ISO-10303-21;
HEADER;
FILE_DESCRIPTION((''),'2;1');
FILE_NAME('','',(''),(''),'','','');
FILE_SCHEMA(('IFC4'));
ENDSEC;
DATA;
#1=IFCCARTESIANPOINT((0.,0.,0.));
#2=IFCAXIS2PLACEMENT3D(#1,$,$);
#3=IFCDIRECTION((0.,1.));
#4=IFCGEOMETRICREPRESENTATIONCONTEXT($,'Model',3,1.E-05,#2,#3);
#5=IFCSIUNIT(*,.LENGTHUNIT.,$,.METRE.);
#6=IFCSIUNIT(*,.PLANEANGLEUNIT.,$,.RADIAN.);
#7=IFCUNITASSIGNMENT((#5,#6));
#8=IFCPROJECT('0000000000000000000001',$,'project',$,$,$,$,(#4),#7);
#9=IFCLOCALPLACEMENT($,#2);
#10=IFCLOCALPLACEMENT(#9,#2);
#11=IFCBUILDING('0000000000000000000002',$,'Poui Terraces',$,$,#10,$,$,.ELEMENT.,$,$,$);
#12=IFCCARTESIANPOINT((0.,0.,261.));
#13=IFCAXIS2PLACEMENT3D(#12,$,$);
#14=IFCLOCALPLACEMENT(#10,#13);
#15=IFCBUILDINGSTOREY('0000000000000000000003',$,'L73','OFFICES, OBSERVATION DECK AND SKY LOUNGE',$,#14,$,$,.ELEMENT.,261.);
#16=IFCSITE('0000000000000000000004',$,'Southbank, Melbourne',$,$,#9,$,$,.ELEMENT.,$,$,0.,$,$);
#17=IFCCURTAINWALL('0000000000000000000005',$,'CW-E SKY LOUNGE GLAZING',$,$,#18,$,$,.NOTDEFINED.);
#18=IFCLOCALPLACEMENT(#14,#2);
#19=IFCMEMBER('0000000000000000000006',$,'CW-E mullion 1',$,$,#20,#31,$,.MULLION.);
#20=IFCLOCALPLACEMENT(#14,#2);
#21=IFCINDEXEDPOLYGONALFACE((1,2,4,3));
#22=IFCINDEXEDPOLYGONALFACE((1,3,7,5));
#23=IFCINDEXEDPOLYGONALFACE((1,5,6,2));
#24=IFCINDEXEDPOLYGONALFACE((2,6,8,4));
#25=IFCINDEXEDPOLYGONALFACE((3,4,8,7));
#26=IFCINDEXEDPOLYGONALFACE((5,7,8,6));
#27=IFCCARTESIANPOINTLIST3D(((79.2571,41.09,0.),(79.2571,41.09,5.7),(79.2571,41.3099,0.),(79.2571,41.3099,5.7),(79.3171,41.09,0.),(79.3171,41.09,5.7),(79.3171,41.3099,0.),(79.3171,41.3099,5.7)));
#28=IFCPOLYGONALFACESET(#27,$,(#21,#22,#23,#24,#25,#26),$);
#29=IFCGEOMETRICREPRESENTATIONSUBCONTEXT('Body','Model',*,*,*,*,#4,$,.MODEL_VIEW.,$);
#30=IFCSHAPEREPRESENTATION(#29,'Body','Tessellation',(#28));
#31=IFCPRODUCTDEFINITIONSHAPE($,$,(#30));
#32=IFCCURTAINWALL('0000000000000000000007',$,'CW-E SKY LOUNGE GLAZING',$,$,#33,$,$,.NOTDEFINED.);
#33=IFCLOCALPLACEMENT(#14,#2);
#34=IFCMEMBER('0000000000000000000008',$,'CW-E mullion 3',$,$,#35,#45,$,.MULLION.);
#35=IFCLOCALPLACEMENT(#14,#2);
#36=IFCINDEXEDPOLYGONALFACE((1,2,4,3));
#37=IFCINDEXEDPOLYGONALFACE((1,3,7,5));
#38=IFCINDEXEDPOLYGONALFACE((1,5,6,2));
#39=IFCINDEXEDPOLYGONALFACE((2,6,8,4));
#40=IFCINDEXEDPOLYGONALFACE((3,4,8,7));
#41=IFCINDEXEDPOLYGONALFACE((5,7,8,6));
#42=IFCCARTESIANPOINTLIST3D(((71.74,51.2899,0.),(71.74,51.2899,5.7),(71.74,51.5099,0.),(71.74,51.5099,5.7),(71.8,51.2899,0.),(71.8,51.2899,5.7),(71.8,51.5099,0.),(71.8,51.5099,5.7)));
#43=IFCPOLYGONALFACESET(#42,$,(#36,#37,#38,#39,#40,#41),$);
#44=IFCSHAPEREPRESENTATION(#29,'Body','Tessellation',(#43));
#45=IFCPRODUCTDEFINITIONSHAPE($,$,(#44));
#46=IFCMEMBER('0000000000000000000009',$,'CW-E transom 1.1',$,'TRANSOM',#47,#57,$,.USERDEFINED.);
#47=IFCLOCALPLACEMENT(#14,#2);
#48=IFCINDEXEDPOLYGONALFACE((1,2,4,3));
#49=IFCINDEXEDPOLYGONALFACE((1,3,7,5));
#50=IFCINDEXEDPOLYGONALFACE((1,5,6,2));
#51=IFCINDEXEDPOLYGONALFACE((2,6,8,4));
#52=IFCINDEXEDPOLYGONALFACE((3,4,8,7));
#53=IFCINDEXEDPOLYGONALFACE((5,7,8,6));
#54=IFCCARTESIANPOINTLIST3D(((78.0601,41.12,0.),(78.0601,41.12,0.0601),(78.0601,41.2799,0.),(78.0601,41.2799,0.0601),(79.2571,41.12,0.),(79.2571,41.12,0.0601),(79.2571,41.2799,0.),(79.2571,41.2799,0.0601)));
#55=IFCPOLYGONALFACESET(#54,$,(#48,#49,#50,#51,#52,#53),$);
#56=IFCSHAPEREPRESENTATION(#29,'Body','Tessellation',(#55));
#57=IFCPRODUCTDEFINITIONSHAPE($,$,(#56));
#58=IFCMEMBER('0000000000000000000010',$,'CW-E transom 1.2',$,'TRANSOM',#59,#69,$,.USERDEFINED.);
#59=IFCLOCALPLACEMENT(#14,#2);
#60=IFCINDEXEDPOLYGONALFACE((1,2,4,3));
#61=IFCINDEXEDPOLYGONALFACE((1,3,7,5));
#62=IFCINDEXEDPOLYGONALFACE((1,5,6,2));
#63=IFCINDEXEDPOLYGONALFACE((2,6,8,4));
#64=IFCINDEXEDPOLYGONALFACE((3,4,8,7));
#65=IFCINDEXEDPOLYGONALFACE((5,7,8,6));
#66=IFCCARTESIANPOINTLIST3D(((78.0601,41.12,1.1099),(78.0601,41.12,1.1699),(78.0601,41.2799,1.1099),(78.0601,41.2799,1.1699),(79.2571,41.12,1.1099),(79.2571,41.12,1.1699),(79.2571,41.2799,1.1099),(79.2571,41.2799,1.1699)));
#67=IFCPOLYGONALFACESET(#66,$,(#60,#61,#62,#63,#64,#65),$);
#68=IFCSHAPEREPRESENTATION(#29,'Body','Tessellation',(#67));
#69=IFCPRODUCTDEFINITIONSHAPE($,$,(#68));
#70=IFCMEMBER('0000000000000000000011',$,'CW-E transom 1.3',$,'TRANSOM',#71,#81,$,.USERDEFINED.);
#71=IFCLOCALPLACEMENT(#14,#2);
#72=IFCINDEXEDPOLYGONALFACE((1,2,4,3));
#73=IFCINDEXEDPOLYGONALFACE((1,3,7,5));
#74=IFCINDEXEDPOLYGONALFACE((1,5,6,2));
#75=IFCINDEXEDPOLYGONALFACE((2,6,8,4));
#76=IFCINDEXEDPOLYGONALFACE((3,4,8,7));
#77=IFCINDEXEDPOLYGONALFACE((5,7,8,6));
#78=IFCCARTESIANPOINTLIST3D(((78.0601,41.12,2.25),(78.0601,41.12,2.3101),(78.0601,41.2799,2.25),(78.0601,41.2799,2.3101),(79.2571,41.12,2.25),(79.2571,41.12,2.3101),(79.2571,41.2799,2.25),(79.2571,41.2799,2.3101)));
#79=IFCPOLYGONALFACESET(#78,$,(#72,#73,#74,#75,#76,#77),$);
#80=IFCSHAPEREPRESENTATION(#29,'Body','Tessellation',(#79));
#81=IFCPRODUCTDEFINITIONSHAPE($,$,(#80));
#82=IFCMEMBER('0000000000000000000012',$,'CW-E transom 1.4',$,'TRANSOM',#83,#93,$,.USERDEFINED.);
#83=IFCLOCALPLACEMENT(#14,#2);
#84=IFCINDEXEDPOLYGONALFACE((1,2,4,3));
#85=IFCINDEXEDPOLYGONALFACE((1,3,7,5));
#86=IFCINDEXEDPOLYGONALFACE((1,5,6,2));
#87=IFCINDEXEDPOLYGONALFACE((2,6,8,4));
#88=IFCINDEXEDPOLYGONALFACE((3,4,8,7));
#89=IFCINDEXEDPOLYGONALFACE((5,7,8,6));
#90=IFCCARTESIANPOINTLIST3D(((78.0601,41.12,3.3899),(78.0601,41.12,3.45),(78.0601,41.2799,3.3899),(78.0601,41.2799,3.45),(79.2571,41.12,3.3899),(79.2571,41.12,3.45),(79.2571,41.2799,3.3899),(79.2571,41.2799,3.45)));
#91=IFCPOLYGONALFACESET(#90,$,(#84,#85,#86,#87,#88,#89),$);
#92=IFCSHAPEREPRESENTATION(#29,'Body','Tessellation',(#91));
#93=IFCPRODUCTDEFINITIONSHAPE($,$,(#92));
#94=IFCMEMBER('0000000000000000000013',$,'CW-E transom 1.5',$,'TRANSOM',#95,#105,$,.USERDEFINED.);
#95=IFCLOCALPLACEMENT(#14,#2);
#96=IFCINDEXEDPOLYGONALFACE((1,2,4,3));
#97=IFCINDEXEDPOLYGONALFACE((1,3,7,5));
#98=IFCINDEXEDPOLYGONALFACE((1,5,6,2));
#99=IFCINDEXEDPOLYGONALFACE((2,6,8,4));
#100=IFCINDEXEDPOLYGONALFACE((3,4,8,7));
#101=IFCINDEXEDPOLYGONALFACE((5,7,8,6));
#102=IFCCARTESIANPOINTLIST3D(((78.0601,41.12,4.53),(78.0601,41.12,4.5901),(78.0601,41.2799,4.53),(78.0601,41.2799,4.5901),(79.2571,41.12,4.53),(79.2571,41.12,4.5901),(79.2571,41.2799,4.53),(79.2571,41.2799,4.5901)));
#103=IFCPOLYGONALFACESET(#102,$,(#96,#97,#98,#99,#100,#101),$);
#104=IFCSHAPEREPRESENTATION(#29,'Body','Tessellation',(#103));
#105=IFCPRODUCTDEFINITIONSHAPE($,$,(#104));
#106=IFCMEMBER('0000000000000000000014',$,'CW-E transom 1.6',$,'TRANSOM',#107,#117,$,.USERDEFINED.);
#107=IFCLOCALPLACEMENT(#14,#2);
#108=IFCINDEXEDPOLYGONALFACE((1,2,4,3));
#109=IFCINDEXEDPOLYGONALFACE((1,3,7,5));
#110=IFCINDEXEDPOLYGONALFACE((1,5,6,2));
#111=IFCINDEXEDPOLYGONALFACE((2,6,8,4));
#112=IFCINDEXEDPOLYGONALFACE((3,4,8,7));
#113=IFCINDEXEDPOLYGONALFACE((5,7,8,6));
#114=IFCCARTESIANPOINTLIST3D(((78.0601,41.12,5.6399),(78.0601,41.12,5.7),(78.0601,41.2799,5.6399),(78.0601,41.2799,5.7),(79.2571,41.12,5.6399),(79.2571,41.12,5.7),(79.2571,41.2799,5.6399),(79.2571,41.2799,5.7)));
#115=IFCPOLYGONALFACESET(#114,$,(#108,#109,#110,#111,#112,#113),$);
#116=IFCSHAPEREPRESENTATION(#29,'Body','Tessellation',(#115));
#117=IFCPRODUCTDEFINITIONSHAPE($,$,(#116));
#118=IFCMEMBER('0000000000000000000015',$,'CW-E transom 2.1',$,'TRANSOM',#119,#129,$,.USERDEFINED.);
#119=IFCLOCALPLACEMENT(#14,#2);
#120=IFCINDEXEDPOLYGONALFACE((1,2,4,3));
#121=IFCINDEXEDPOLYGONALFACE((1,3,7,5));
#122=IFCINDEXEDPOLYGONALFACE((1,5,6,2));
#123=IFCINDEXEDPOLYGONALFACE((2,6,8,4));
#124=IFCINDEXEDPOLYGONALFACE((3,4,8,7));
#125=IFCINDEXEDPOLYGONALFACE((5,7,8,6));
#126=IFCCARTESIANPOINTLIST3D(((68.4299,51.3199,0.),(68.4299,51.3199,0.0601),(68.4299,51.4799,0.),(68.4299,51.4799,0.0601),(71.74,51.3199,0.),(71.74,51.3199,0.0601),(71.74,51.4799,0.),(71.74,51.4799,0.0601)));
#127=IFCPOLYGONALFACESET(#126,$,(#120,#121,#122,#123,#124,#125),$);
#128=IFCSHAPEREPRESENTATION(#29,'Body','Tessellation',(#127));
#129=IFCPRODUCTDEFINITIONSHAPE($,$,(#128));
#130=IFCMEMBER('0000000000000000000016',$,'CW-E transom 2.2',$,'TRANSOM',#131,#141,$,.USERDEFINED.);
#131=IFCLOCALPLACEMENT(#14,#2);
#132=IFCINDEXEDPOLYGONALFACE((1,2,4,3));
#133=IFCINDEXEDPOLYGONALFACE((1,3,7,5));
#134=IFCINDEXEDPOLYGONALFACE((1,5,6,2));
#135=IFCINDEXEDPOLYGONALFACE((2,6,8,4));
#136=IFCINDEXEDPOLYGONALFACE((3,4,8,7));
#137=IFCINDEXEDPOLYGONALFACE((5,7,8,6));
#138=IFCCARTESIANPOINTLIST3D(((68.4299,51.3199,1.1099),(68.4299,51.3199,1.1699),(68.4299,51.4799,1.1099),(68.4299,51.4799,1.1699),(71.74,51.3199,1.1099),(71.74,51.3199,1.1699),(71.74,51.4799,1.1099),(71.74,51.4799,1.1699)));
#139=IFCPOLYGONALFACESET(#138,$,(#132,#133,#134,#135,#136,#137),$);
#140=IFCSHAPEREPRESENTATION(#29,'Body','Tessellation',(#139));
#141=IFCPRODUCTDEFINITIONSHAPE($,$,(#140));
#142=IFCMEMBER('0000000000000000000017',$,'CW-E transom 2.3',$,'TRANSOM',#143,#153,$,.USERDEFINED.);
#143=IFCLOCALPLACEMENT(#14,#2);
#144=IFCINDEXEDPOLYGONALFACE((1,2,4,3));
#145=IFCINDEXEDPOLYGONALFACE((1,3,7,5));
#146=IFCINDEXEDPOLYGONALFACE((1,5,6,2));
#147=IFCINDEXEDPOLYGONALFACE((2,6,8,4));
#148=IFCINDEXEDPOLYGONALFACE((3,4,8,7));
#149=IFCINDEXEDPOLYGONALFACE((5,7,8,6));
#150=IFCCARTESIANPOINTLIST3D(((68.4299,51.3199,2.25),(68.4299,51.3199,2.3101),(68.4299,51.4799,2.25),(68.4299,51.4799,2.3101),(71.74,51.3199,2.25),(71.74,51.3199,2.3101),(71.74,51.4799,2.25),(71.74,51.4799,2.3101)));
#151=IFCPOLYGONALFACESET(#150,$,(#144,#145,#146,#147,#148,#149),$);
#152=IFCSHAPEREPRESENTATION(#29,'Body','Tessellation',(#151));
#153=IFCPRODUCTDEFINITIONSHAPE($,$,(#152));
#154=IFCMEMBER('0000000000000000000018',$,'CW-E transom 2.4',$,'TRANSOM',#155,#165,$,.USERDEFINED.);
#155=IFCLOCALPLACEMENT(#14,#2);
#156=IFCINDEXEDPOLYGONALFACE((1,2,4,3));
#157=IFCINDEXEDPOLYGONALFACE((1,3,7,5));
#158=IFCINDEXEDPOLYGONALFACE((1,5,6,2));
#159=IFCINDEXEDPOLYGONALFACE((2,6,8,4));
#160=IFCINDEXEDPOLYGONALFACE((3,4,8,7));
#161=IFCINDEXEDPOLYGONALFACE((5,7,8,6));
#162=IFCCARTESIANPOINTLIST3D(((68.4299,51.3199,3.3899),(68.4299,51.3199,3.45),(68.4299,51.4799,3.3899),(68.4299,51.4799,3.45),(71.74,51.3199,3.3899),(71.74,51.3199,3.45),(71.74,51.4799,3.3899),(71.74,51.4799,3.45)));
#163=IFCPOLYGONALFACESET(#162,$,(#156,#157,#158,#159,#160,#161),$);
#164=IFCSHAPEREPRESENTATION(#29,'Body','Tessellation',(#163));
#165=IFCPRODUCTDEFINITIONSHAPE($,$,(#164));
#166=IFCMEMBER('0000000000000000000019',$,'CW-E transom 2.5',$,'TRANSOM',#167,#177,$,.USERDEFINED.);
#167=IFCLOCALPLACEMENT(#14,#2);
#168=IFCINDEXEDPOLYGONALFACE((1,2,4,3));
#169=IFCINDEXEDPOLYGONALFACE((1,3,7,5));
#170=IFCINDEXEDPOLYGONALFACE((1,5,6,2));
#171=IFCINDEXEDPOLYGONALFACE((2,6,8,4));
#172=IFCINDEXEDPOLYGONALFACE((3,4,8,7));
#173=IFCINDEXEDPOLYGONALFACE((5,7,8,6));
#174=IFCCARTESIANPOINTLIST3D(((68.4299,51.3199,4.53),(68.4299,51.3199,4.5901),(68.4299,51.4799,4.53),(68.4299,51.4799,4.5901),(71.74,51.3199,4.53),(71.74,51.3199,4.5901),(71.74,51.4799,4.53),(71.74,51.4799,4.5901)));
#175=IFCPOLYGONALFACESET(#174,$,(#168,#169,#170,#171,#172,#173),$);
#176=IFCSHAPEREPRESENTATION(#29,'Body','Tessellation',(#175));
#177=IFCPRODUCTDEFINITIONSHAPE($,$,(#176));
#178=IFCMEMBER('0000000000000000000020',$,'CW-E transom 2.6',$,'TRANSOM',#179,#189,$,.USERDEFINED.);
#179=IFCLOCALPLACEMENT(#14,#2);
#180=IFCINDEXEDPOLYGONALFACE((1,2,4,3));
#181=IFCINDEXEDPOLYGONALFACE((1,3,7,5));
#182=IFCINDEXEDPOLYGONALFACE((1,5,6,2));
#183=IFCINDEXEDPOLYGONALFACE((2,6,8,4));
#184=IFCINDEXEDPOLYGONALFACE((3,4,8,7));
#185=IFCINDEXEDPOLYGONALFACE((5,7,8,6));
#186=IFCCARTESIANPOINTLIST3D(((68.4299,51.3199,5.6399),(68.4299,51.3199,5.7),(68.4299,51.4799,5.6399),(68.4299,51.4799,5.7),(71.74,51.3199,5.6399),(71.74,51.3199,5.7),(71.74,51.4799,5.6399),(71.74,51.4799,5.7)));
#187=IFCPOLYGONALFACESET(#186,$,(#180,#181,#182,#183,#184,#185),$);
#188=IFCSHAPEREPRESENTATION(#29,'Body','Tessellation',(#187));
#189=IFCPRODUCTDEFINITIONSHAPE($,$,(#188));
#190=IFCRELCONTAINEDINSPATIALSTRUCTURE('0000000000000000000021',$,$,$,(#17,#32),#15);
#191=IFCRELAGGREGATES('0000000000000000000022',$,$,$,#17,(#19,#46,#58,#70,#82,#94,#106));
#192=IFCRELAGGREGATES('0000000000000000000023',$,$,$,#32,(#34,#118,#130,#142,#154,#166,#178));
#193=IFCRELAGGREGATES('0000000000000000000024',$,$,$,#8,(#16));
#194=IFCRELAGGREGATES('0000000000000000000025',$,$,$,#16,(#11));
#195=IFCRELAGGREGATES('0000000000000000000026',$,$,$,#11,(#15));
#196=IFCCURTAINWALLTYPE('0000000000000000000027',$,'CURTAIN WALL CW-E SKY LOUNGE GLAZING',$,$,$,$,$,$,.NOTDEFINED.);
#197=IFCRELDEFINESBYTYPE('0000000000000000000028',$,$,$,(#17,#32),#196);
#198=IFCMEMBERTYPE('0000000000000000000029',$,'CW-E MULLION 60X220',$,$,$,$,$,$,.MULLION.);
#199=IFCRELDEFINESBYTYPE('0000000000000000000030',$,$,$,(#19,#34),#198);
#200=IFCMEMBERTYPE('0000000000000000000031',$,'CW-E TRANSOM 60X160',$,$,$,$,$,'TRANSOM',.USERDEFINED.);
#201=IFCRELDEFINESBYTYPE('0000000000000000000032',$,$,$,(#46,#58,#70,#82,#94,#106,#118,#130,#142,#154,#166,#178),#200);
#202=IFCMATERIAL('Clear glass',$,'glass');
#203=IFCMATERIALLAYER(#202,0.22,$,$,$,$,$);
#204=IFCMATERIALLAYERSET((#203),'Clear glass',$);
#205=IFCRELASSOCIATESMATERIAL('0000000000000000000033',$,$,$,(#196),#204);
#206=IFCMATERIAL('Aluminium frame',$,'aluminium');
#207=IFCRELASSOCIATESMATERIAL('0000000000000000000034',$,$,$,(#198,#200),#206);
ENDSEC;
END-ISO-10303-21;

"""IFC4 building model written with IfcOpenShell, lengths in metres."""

from ifc_helpers import new_model, si_unit, direction, frame, origin, origin_2d, place, context, subcontext, project, spatial, rectangle, extrude, material, layer, layer_set, material_profile, profile_set, type_object, element, aggregate, save


model = new_model("IFC4")

# Units and contexts
model_context = context("Model", 3, precision=1e-05, world=origin(), true_north=direction((0.0, 1.0)))
body_context = subcontext(model_context, "Body", "Model", "MODEL_VIEW")
ifc_project = project(units=[si_unit("LENGTHUNIT", "METRE"), si_unit("PLANEANGLEUNIT", "RADIAN")], contexts=[model_context])

# Site, building, storey
site_placement = place(None, origin())
site = spatial("IfcSite", under=ifc_project, at=site_placement, Name="Southbank, Melbourne", CompositionType="ELEMENT", RefElevation=0.0)
building_placement = place(site_placement, origin())
building = spatial("IfcBuilding", under=site, at=building_placement, Name="Poui Terraces", CompositionType="ELEMENT")
storey_placement = place(building_placement, frame((0.0, 0.0, 261.0)))
storey = spatial("IfcBuildingStorey", under=building, at=storey_placement, Name="L73", Description="OFFICES, OBSERVATION DECK AND SKY LOUNGE", CompositionType="ELEMENT", Elevation=261.0)

# Curtain walls, members
ifc_material_1 = material(Name="Clear glass", Category="glass")
ifc_layer_1 = layer(ifc_material_1, 0.22)
ifc_layer_set_1 = layer_set([ifc_layer_1], Name="Clear glass")
curtain_wall_type = type_object("IfcCurtainWallType", Name="CURTAIN WALL CW-E SKY LOUNGE GLAZING", PredefinedType="NOTDEFINED", material=ifc_layer_set_1)
curtain_wall_1_placement = place(storey_placement, origin())
curtain_wall_1 = element("IfcCurtainWall", 1, at=curtain_wall_1_placement, inside=storey, type_object=curtain_wall_type, Name="CW-E SKY LOUNGE GLAZING", PredefinedType="NOTDEFINED")
ifc_material_2 = material(Name="Aluminium frame", Category="aluminium")
ifc_material_profile_1 = material_profile(ifc_material_2, rectangle(XDim=0.22, YDim=0.0601, at=origin_2d()), Name="CW-E MULLION 60X220")
ifc_profile_set_1 = profile_set([ifc_material_profile_1], Name="Aluminium frame")
member_type_1 = type_object("IfcMemberType", Name="CW-E MULLION 60X220", PredefinedType="MULLION", material=ifc_profile_set_1)
member_1_placement = place(storey_placement, frame((79.2871, 41.2, 0.0), z_axis=(0.0, 0.0, 1.0), x_axis=(0.0, -1.0, 0.0)))
member_1 = element("IfcMember", 2, at=member_1_placement, type_object=member_type_1, Name="CW-E mullion 1", PredefinedType="MULLION", context=body_context, shape_type="SweptSolid", body=[
    extrude(rectangle(XDim=0.22, YDim=0.0601, at=origin_2d()), origin(), (0.0, 0.0, 1.0), 5.7),
])
curtain_wall_2_placement = place(storey_placement, origin())
curtain_wall_2 = element("IfcCurtainWall", 3, at=curtain_wall_2_placement, inside=storey, type_object=curtain_wall_type, Name="CW-E SKY LOUNGE GLAZING", PredefinedType="NOTDEFINED")
member_2_placement = place(storey_placement, frame((71.77, 51.3999, 0.0), z_axis=(0.0, 0.0, 1.0), x_axis=(0.0, 1.0, 0.0)))
member_2 = element("IfcMember", 4, at=member_2_placement, type_object=member_type_1, Name="CW-E mullion 3", PredefinedType="MULLION", context=body_context, shape_type="SweptSolid", body=[
    extrude(rectangle(XDim=0.22, YDim=0.0601, at=origin_2d()), origin(), (0.0, 0.0, 1.0), 5.7),
])

# Members
ifc_material_profile_2 = material_profile(ifc_material_2, rectangle(XDim=0.1599, YDim=0.0601, at=origin_2d()), Name="CW-E TRANSOM 60X160")
ifc_profile_set_2 = profile_set([ifc_material_profile_2], Name="Aluminium frame")
member_type_2 = type_object("IfcMemberType", Name="CW-E TRANSOM 60X160", ElementType="TRANSOM", PredefinedType="USERDEFINED", material=ifc_profile_set_2)
member_3_placement = place(storey_placement, frame((79.2571, 41.2, 0.03), z_axis=(-1.0, 0.0, 0.0), x_axis=(0.0, -1.0, 0.0)))
member_3 = element("IfcMember", 5, at=member_3_placement, type_object=member_type_2, Name="CW-E transom 1.1", ObjectType="TRANSOM", PredefinedType="USERDEFINED", context=body_context, shape_type="SweptSolid", body=[
    extrude(rectangle(XDim=0.1599, YDim=0.0601, at=origin_2d()), origin(), (0.0, 0.0, 1.0), 1.197),
])
member_4_placement = place(storey_placement, frame((79.2571, 41.2, 1.1399), z_axis=(-1.0, 0.0, 0.0), x_axis=(0.0, -1.0, 0.0)))
member_4 = element("IfcMember", 6, at=member_4_placement, type_object=member_type_2, Name="CW-E transom 1.2", ObjectType="TRANSOM", PredefinedType="USERDEFINED", context=body_context, shape_type="SweptSolid", body=[
    extrude(rectangle(XDim=0.1599, YDim=0.0601, at=origin_2d()), origin(), (0.0, 0.0, 1.0), 1.197),
])
member_5_placement = place(storey_placement, frame((79.2571, 41.2, 2.28), z_axis=(-1.0, 0.0, 0.0), x_axis=(0.0, -1.0, 0.0)))
member_5 = element("IfcMember", 7, at=member_5_placement, type_object=member_type_2, Name="CW-E transom 1.3", ObjectType="TRANSOM", PredefinedType="USERDEFINED", context=body_context, shape_type="SweptSolid", body=[
    extrude(rectangle(XDim=0.1599, YDim=0.0601, at=origin_2d()), origin(), (0.0, 0.0, 1.0), 1.197),
])
member_6_placement = place(storey_placement, frame((79.2571, 41.2, 3.4199), z_axis=(-1.0, 0.0, 0.0), x_axis=(0.0, -1.0, 0.0)))
member_6 = element("IfcMember", 8, at=member_6_placement, type_object=member_type_2, Name="CW-E transom 1.4", ObjectType="TRANSOM", PredefinedType="USERDEFINED", context=body_context, shape_type="SweptSolid", body=[
    extrude(rectangle(XDim=0.1599, YDim=0.0601, at=origin_2d()), origin(), (0.0, 0.0, 1.0), 1.197),
])
member_7_placement = place(storey_placement, frame((79.2571, 41.2, 4.5601), z_axis=(-1.0, 0.0, 0.0), x_axis=(0.0, -1.0, 0.0)))
member_7 = element("IfcMember", 9, at=member_7_placement, type_object=member_type_2, Name="CW-E transom 1.5", ObjectType="TRANSOM", PredefinedType="USERDEFINED", context=body_context, shape_type="SweptSolid", body=[
    extrude(rectangle(XDim=0.1599, YDim=0.0601, at=origin_2d()), origin(), (0.0, 0.0, 1.0), 1.197),
])
member_8_placement = place(storey_placement, frame((79.2571, 41.2, 5.6699), z_axis=(-1.0, 0.0, 0.0), x_axis=(0.0, -1.0, 0.0)))
member_8 = element("IfcMember", 10, at=member_8_placement, type_object=member_type_2, Name="CW-E transom 1.6", ObjectType="TRANSOM", PredefinedType="USERDEFINED", context=body_context, shape_type="SweptSolid", body=[
    extrude(rectangle(XDim=0.1599, YDim=0.0601, at=origin_2d()), origin(), (0.0, 0.0, 1.0), 1.197),
])
member_9_placement = place(storey_placement, frame((68.4299, 51.3999, 0.03), z_axis=(1.0, 0.0, 0.0), x_axis=(0.0, 1.0, 0.0)))
member_9 = element("IfcMember", 11, at=member_9_placement, type_object=member_type_2, Name="CW-E transom 2.1", ObjectType="TRANSOM", PredefinedType="USERDEFINED", context=body_context, shape_type="SweptSolid", body=[
    extrude(rectangle(XDim=0.1599, YDim=0.0601, at=origin_2d()), origin(), (0.0, 0.0, 1.0), 3.3101),
])
member_10_placement = place(storey_placement, frame((68.4299, 51.3999, 1.1399), z_axis=(1.0, 0.0, 0.0), x_axis=(0.0, 1.0, 0.0)))
member_10 = element("IfcMember", 12, at=member_10_placement, type_object=member_type_2, Name="CW-E transom 2.2", ObjectType="TRANSOM", PredefinedType="USERDEFINED", context=body_context, shape_type="SweptSolid", body=[
    extrude(rectangle(XDim=0.1599, YDim=0.0601, at=origin_2d()), origin(), (0.0, 0.0, 1.0), 3.3101),
])
member_11_placement = place(storey_placement, frame((68.4299, 51.3999, 2.28), z_axis=(1.0, 0.0, 0.0), x_axis=(0.0, 1.0, 0.0)))
member_11 = element("IfcMember", 13, at=member_11_placement, type_object=member_type_2, Name="CW-E transom 2.3", ObjectType="TRANSOM", PredefinedType="USERDEFINED", context=body_context, shape_type="SweptSolid", body=[
    extrude(rectangle(XDim=0.1599, YDim=0.0601, at=origin_2d()), origin(), (0.0, 0.0, 1.0), 3.3101),
])
member_12_placement = place(storey_placement, frame((68.4299, 51.3999, 3.4199), z_axis=(1.0, 0.0, 0.0), x_axis=(0.0, 1.0, 0.0)))
member_12 = element("IfcMember", 14, at=member_12_placement, type_object=member_type_2, Name="CW-E transom 2.4", ObjectType="TRANSOM", PredefinedType="USERDEFINED", context=body_context, shape_type="SweptSolid", body=[
    extrude(rectangle(XDim=0.1599, YDim=0.0601, at=origin_2d()), origin(), (0.0, 0.0, 1.0), 3.3101),
])
member_13_placement = place(storey_placement, frame((68.4299, 51.3999, 4.5601), z_axis=(1.0, 0.0, 0.0), x_axis=(0.0, 1.0, 0.0)))
member_13 = element("IfcMember", 15, at=member_13_placement, type_object=member_type_2, Name="CW-E transom 2.5", ObjectType="TRANSOM", PredefinedType="USERDEFINED", context=body_context, shape_type="SweptSolid", body=[
    extrude(rectangle(XDim=0.1599, YDim=0.0601, at=origin_2d()), origin(), (0.0, 0.0, 1.0), 3.3101),
])
member_14_placement = place(storey_placement, frame((68.4299, 51.3999, 5.6699), z_axis=(1.0, 0.0, 0.0), x_axis=(0.0, 1.0, 0.0)))
member_14 = element("IfcMember", 16, at=member_14_placement, type_object=member_type_2, Name="CW-E transom 2.6", ObjectType="TRANSOM", PredefinedType="USERDEFINED", context=body_context, shape_type="SweptSolid", body=[
    extrude(rectangle(XDim=0.1599, YDim=0.0601, at=origin_2d()), origin(), (0.0, 0.0, 1.0), 3.3101),
])

aggregate(curtain_wall_1, [member_1, member_3, member_4, member_5, member_6, member_7, member_8])
aggregate(curtain_wall_2, [member_2, member_9, member_10, member_11, member_12, member_13, member_14])

save(model, "model.ifc")
